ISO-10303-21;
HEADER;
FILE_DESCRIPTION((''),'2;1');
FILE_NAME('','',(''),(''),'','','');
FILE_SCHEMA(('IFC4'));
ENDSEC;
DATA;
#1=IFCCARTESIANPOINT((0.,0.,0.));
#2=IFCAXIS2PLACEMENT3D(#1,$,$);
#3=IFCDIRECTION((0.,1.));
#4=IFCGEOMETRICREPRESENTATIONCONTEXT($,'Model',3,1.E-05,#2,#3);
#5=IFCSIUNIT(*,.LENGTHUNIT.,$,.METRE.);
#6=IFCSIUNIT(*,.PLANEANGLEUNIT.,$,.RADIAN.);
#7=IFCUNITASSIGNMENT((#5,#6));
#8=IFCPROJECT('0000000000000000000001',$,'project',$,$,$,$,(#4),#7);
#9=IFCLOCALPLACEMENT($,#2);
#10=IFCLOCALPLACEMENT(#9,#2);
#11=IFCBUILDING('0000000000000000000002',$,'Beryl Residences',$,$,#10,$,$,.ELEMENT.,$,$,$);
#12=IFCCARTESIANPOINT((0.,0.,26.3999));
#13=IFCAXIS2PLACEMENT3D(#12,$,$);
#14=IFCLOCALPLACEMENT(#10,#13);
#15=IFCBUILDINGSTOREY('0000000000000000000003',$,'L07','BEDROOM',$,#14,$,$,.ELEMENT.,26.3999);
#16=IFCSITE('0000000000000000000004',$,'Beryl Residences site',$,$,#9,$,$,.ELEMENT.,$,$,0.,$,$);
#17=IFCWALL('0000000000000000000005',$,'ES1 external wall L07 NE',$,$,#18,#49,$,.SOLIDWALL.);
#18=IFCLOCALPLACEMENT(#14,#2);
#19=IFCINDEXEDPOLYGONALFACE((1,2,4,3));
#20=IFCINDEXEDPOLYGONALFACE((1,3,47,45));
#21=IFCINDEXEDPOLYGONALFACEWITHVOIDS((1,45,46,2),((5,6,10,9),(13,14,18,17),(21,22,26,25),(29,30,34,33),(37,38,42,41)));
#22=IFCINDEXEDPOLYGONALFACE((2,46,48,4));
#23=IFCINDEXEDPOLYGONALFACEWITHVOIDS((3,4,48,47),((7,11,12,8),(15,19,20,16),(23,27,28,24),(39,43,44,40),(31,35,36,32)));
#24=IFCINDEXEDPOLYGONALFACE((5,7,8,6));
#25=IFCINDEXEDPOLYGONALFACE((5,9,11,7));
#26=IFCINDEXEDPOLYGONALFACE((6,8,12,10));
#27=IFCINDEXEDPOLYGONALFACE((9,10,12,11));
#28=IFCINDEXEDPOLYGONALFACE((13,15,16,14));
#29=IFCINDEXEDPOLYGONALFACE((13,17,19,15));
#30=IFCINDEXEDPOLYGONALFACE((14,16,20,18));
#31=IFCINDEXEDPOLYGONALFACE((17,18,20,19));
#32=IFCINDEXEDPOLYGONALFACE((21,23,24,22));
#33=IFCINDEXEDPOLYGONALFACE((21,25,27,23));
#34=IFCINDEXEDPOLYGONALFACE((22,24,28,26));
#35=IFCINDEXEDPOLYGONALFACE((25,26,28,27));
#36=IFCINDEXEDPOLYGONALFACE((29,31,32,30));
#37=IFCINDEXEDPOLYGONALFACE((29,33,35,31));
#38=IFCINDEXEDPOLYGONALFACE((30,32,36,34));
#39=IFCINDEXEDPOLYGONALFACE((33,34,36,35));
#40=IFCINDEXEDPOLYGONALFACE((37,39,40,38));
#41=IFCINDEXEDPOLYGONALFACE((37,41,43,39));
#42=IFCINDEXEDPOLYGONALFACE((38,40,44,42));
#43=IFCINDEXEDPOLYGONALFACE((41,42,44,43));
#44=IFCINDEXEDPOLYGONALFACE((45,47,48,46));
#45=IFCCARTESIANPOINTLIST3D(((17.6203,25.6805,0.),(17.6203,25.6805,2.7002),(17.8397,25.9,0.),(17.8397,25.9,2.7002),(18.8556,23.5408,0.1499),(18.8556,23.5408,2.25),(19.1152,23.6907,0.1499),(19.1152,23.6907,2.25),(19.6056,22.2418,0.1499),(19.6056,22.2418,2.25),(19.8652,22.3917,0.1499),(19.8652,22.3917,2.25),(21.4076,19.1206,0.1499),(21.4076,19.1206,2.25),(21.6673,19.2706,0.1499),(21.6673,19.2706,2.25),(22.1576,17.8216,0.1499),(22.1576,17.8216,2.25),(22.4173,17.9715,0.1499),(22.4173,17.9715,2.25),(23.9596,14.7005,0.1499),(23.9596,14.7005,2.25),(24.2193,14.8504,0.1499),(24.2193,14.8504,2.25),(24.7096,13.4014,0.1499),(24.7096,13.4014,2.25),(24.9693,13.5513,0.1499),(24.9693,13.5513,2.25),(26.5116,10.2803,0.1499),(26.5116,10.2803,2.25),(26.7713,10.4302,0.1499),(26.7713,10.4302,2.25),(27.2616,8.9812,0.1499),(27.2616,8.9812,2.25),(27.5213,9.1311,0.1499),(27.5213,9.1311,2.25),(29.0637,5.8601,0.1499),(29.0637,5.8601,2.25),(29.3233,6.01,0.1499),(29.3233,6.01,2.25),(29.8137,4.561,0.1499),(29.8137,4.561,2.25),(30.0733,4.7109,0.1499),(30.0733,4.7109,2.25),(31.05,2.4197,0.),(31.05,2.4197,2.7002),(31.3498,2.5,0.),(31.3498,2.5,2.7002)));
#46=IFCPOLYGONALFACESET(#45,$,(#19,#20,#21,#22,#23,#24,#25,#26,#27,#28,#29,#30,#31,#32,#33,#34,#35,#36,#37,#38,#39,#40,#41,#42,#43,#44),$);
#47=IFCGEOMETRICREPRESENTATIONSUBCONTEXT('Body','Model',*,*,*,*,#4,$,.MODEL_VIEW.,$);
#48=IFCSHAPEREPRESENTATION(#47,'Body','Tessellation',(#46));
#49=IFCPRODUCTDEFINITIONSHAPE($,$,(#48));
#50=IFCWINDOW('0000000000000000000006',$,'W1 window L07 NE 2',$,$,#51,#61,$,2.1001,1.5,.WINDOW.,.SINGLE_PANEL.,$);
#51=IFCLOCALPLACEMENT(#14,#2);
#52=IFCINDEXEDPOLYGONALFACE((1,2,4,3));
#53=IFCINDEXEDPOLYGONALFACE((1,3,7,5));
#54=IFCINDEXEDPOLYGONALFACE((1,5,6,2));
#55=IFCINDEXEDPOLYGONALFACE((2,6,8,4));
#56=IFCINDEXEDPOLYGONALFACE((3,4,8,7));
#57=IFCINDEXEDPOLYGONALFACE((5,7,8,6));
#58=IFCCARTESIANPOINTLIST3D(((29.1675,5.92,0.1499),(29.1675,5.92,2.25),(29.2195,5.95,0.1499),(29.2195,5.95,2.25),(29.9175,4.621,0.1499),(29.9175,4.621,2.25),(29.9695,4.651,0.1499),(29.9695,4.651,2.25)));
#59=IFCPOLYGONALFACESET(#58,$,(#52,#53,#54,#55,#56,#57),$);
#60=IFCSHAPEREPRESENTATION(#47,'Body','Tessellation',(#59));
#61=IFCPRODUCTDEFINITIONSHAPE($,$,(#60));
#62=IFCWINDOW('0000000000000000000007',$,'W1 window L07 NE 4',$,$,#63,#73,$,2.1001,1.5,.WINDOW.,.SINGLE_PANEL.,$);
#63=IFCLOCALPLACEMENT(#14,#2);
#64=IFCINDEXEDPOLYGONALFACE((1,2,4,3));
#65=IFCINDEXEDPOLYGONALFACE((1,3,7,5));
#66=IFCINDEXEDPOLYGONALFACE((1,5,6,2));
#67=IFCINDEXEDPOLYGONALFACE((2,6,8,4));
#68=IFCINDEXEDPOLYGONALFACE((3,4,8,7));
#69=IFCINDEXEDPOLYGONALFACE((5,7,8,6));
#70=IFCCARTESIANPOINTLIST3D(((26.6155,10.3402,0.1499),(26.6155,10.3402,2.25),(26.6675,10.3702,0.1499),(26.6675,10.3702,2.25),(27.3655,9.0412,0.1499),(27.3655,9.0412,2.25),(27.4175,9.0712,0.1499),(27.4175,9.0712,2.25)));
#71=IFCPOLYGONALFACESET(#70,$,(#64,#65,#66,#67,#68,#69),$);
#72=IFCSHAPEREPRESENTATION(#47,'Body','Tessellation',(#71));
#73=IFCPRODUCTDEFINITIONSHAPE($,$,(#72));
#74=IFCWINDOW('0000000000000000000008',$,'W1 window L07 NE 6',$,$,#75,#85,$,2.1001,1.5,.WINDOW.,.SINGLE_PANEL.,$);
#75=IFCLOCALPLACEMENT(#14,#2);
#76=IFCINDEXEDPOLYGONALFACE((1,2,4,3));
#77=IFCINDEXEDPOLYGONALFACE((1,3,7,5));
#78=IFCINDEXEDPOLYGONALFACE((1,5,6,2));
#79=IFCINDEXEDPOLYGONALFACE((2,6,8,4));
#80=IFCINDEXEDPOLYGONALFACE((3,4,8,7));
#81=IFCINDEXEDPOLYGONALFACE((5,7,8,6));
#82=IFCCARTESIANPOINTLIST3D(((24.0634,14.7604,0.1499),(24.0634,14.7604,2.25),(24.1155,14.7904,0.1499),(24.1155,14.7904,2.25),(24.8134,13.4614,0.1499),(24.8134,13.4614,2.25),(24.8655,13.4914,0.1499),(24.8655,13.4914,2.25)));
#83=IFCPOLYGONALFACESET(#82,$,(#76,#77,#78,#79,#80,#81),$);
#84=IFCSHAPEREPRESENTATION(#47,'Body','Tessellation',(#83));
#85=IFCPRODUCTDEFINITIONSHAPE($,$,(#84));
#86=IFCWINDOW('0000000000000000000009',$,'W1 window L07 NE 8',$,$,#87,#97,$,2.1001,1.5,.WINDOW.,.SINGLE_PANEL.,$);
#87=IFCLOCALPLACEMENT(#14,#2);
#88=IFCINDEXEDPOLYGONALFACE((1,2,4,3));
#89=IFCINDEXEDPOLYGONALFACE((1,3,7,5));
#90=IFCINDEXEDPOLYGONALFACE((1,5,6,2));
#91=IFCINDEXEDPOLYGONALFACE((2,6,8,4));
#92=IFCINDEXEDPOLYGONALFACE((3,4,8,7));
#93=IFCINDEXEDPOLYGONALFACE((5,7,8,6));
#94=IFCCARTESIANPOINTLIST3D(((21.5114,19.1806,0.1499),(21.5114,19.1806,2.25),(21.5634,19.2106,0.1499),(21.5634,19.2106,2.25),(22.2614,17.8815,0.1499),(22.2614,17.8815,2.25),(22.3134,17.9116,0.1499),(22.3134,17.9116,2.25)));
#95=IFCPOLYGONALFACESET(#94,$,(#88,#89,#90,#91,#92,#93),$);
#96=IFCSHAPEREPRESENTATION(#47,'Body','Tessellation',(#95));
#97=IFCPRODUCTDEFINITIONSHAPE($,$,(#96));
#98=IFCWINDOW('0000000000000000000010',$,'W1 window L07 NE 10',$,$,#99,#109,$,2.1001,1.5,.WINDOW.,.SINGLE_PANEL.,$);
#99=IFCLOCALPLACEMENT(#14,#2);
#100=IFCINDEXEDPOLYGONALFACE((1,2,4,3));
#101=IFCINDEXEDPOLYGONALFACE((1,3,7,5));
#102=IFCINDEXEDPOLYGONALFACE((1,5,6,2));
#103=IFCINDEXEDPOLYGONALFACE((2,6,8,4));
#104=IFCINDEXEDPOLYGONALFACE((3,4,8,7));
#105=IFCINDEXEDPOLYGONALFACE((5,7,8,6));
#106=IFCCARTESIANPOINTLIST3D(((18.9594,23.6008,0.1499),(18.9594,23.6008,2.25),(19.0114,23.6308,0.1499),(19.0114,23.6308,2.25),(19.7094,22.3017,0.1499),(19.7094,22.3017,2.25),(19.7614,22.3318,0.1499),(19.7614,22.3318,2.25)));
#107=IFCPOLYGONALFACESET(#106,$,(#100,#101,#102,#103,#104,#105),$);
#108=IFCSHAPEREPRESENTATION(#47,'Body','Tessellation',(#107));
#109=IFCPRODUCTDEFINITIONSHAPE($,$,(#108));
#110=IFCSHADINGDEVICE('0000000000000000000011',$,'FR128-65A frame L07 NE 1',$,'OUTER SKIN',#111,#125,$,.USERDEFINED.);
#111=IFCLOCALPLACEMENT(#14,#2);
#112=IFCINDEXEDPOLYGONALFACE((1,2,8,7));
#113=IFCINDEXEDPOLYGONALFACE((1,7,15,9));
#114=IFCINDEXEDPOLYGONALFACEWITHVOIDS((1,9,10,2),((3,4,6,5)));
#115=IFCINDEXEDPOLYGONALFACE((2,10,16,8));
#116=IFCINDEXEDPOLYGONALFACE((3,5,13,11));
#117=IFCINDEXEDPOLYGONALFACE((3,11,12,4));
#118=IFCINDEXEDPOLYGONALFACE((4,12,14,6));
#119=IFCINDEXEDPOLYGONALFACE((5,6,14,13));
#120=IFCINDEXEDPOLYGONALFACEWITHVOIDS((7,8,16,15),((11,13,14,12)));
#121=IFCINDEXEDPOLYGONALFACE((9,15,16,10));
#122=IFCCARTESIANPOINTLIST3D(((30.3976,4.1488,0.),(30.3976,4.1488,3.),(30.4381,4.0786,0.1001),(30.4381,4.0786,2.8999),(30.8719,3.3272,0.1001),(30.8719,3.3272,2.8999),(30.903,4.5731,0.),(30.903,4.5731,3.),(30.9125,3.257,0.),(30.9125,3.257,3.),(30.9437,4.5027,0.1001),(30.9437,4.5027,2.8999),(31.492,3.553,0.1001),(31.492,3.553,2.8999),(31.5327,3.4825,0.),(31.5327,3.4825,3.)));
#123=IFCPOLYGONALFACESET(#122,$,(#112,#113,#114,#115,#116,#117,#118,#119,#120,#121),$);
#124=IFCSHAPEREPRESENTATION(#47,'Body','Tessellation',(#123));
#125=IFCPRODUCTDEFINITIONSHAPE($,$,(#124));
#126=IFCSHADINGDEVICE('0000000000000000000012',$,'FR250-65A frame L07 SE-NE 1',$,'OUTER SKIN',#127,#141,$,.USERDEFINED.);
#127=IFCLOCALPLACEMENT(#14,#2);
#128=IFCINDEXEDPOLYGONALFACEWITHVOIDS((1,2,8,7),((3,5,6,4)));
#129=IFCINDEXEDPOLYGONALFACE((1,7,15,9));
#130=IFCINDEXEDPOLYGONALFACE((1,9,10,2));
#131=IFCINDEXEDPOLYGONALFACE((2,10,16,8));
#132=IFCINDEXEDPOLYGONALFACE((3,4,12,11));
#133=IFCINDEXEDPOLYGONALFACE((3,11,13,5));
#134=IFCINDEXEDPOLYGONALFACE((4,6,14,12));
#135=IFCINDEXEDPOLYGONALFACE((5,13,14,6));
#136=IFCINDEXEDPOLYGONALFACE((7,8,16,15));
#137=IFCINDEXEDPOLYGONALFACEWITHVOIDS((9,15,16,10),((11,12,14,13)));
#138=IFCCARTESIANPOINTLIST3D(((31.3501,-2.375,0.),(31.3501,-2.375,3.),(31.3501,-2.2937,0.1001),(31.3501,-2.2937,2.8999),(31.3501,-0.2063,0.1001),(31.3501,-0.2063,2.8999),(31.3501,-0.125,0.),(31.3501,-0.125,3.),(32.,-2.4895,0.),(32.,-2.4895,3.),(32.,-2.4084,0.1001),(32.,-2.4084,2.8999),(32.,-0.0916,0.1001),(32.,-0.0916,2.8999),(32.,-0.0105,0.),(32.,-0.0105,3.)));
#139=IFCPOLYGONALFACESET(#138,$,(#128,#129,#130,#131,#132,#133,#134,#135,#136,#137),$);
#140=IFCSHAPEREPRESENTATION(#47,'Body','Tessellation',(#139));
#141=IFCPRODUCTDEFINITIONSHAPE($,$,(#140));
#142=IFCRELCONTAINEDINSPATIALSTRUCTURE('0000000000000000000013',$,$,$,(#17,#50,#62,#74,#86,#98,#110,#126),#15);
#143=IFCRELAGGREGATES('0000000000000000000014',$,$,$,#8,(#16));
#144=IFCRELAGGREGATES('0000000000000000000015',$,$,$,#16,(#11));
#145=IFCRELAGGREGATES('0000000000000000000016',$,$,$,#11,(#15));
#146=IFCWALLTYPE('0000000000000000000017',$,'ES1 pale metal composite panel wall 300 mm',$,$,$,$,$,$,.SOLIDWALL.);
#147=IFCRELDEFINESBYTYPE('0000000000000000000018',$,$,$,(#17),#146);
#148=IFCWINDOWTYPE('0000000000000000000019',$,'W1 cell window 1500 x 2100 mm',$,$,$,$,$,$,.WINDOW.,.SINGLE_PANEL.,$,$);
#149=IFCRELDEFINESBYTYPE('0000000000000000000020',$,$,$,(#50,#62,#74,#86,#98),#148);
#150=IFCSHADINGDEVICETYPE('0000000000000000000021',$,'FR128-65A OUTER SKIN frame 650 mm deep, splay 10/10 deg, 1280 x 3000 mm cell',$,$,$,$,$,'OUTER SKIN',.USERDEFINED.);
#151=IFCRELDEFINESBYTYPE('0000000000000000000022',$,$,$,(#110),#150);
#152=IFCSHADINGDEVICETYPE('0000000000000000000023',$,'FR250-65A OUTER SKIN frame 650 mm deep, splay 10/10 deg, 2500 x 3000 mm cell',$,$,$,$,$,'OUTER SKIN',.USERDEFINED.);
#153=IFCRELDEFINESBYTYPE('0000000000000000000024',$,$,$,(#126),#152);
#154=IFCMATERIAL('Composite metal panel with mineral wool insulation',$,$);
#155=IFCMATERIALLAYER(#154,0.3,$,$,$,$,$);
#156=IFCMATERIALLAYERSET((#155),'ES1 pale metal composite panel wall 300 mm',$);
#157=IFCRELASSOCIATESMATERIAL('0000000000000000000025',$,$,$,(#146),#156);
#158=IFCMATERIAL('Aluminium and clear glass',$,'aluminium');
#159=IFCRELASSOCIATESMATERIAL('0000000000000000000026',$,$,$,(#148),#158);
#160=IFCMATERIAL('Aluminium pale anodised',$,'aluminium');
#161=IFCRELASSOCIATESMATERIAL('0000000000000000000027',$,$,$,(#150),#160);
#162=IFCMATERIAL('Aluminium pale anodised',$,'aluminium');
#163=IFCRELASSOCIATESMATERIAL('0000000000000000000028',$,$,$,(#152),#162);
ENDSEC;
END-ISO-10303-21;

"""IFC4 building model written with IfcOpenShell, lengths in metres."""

from ifc_helpers import new_model, entity, si_unit, direction, frame, frame_2d, origin, place, context, subcontext, project, spatial, polyline, rectangle, outline, extrude, source, transform, mapped, material, layer, layer_set, type_object, type_shapes, element, fill, save


model = new_model("IFC4")

# Units and contexts
model_context = context("Model", 3, precision=1e-05, world=origin(), true_north=direction((0.0, 1.0)))
body_context = subcontext(model_context, "Body", "Model", "MODEL_VIEW")
ifc_project = project(units=[si_unit("LENGTHUNIT", "METRE"), si_unit("PLANEANGLEUNIT", "RADIAN")], contexts=[model_context])

# Site, building, storey
site_placement = place(None, origin())
site = spatial("IfcSite", under=ifc_project, at=site_placement, Name="Beryl Residences site", CompositionType="ELEMENT", RefElevation=0.0)
building_placement = place(site_placement, origin())
building = spatial("IfcBuilding", under=site, at=building_placement, Name="Beryl Residences", CompositionType="ELEMENT")
storey_placement = place(building_placement, frame((0.0, 0.0, 26.3999)))
storey = spatial("IfcBuildingStorey", under=building, at=storey_placement, Name="L07", Description="BEDROOM", CompositionType="ELEMENT", Elevation=26.3999)

# Shared definitions
ifc_material_1 = material(Name="Composite metal panel with mineral wool insulation")
ifc_layer = layer(ifc_material_1, 0.3)
ifc_layer_set = layer_set([ifc_layer], Name="ES1 pale metal composite panel wall 300 mm")
wall_type = type_object("IfcWallType", Name="ES1 pale metal composite panel wall 300 mm", PredefinedType="SOLIDWALL", material=ifc_layer_set)

# Wall, openings, windows
wall_1_placement = place(storey_placement, frame((31.22, 2.425, 0.0), z_axis=(0.0, 0.0, 1.0), x_axis=(-0.500002, 0.866024, 0.0)))
wall_1 = element("IfcWall", 1, at=wall_1_placement, inside=storey, type_object=wall_type, Name="ES1 external wall L07 NE", PredefinedType="SOLIDWALL", context=body_context, shape_type="SweptSolid", body=[
    extrude(outline(polyline([(0.0, -0.1499), (27.02, -0.1499), (26.9397, 0.1499), (0.0803, 0.1499), (0.0, -0.1499)])), origin(), (0.0, 0.0, 1.0), 2.7002),
])
opening_1_placement = place(wall_1_placement, frame((2.553, 0.0, 0.1499)))
opening_1 = element("IfcOpeningElement", 2, at=opening_1_placement, cuts=wall_1, PredefinedType="OPENING", context=body_context, shape_type="SweptSolid", body=[
    extrude(rectangle(XDim=1.5, YDim=2.1001, at=frame_2d((0.75, 1.05))), frame((0.0, 0.1599, 0.0), z_axis=(0.0, -1.0, 0.0), x_axis=(1.0, 0.0, 0.0)), (0.0, 0.0, 1.0), 0.3201),
])
opening_2_placement = place(wall_1_placement, frame((7.657, 0.0, 0.1499)))
opening_2 = element("IfcOpeningElement", 3, at=opening_2_placement, cuts=wall_1, PredefinedType="OPENING", context=body_context, shape_type="SweptSolid", body=[
    extrude(rectangle(XDim=1.5, YDim=2.1001, at=frame_2d((0.75, 1.05))), frame((0.0, 0.1599, 0.0), z_axis=(0.0, -1.0, 0.0), x_axis=(1.0, 0.0, 0.0)), (0.0, 0.0, 1.0), 0.3201),
])
opening_3_placement = place(wall_1_placement, frame((12.761, 0.0, 0.1499)))
opening_3 = element("IfcOpeningElement", 4, at=opening_3_placement, cuts=wall_1, PredefinedType="OPENING", context=body_context, shape_type="SweptSolid", body=[
    extrude(rectangle(XDim=1.5, YDim=2.1001, at=frame_2d((0.75, 1.05))), frame((0.0, 0.1599, 0.0), z_axis=(0.0, -1.0, 0.0), x_axis=(1.0, 0.0, 0.0)), (0.0, 0.0, 1.0), 0.3201),
])
opening_4_placement = place(wall_1_placement, frame((17.865, 0.0, 0.1499)))
opening_4 = element("IfcOpeningElement", 5, at=opening_4_placement, cuts=wall_1, PredefinedType="OPENING", context=body_context, shape_type="SweptSolid", body=[
    extrude(rectangle(XDim=1.5, YDim=2.1001, at=frame_2d((0.75, 1.05))), frame((0.0, 0.1599, 0.0), z_axis=(0.0, -1.0, 0.0), x_axis=(1.0, 0.0, 0.0)), (0.0, 0.0, 1.0), 0.3201),
])
opening_5_placement = place(wall_1_placement, frame((22.969, 0.0, 0.1499)))
opening_5 = element("IfcOpeningElement", 6, at=opening_5_placement, cuts=wall_1, PredefinedType="OPENING", context=body_context, shape_type="SweptSolid", body=[
    extrude(rectangle(XDim=1.5, YDim=2.1001, at=frame_2d((0.75, 1.05))), frame((0.0, 0.1599, 0.0), z_axis=(0.0, -1.0, 0.0), x_axis=(1.0, 0.0, 0.0)), (0.0, 0.0, 1.0), 0.3201),
])
ifc_material_2 = material(Name="Aluminium and clear glass", Category="aluminium")
window_type_1 = type_object("IfcWindowType", Name="W1 cell window 1500 x 2100 mm", PartitioningType="SINGLE_PANEL", PredefinedType="WINDOW", material=ifc_material_2)
window_1_placement = place(opening_1_placement, origin())
window_1 = element("IfcWindow", 7, at=window_1_placement, inside=storey, type_object=window_type_1, Name="W1 window L07 NE 2", OverallHeight=2.1001, OverallWidth=1.5, PartitioningType="SINGLE_PANEL", PredefinedType="WINDOW", context=body_context, shape_type="SweptSolid", body=[
    extrude(rectangle(XDim=1.5, YDim=2.1001, at=frame_2d((0.75, 1.05))), frame((0.0, 0.03, 0.0), z_axis=(0.0, -1.0, 0.0), x_axis=(1.0, 0.0, 0.0)), (0.0, 0.0, 1.0), 0.0601),
])
fill(opening_1, window_1)
window_2_placement = place(opening_2_placement, origin())
window_2 = element("IfcWindow", 8, at=window_2_placement, inside=storey, type_object=window_type_1, Name="W1 window L07 NE 4", OverallHeight=2.1001, OverallWidth=1.5, PartitioningType="SINGLE_PANEL", PredefinedType="WINDOW", context=body_context, shape_type="SweptSolid", body=[
    extrude(rectangle(XDim=1.5, YDim=2.1001, at=frame_2d((0.75, 1.05))), frame((0.0, 0.03, 0.0), z_axis=(0.0, -1.0, 0.0), x_axis=(1.0, 0.0, 0.0)), (0.0, 0.0, 1.0), 0.0601),
])
fill(opening_2, window_2)
window_3_placement = place(opening_3_placement, origin())
window_3 = element("IfcWindow", 9, at=window_3_placement, inside=storey, type_object=window_type_1, Name="W1 window L07 NE 6", OverallHeight=2.1001, OverallWidth=1.5, PartitioningType="SINGLE_PANEL", PredefinedType="WINDOW", context=body_context, shape_type="SweptSolid", body=[
    extrude(rectangle(XDim=1.5, YDim=2.1001, at=frame_2d((0.75, 1.05))), frame((0.0, 0.03, 0.0), z_axis=(0.0, -1.0, 0.0), x_axis=(1.0, 0.0, 0.0)), (0.0, 0.0, 1.0), 0.0601),
])
fill(opening_3, window_3)
window_4_placement = place(opening_4_placement, origin())
window_4 = element("IfcWindow", 10, at=window_4_placement, inside=storey, type_object=window_type_1, Name="W1 window L07 NE 8", OverallHeight=2.1001, OverallWidth=1.5, PartitioningType="SINGLE_PANEL", PredefinedType="WINDOW", context=body_context, shape_type="SweptSolid", body=[
    extrude(rectangle(XDim=1.5, YDim=2.1001, at=frame_2d((0.75, 1.05))), frame((0.0, 0.03, 0.0), z_axis=(0.0, -1.0, 0.0), x_axis=(1.0, 0.0, 0.0)), (0.0, 0.0, 1.0), 0.0601),
])
fill(opening_4, window_4)
window_5_placement = place(opening_5_placement, origin())
window_5 = element("IfcWindow", 11, at=window_5_placement, inside=storey, type_object=window_type_1, Name="W1 window L07 NE 10", OverallHeight=2.1001, OverallWidth=1.5, PartitioningType="SINGLE_PANEL", PredefinedType="WINDOW", context=body_context, shape_type="SweptSolid", body=[
    extrude(rectangle(XDim=1.5, YDim=2.1001, at=frame_2d((0.75, 1.05))), frame((0.0, 0.03, 0.0), z_axis=(0.0, -1.0, 0.0), x_axis=(1.0, 0.0, 0.0)), (0.0, 0.0, 1.0), 0.0601),
])
fill(opening_5, window_5)

# Shading devices
ifc_material_3 = material(Name="Aluminium pale anodised", Category="aluminium")
shading_device_type_1 = type_object("IfcShadingDeviceType", Name="FR128-65A OUTER SKIN frame 650 mm deep, splay 10/10 deg, 1280 x 3000 mm cell", ElementType="OUTER SKIN", PredefinedType="USERDEFINED", material=ifc_material_3)
cartesian_point_1 = entity("IfcCartesianPoint", [-0.5149, 0.0])
cartesian_point_2 = entity("IfcCartesianPoint", [-0.4338, 0.1001])
cartesian_point_3 = entity("IfcCartesianPoint", [-0.6296, 0.0])
cartesian_point_4 = entity("IfcCartesianPoint", [-0.5483, 0.1001])
shared_shape_1 = source(origin(), body_context, "Body", "SweptSolid", [
    entity("IfcExtrudedAreaSolidTapered", entity("IfcArbitraryProfileDefWithVoids", "AREA", None, entity("IfcPolyline", [cartesian_point_1, entity("IfcCartesianPoint", [0.5149, 0.0]), entity("IfcCartesianPoint", [0.5149, 3.0]), entity("IfcCartesianPoint", [-0.5149, 3.0]), cartesian_point_1]), [entity("IfcPolyline", [cartesian_point_2, entity("IfcCartesianPoint", [0.4338, 0.1001]), entity("IfcCartesianPoint", [0.4338, 2.8999]), entity("IfcCartesianPoint", [-0.4338, 2.8999]), cartesian_point_2])]), entity("IfcAxis2Placement3D", entity("IfcCartesianPoint", [0.0, 0.0, 0.0]), entity("IfcDirection", [0.0, 1.0, 0.0]), entity("IfcDirection", [-1.0, 0.0, 0.0])), entity("IfcDirection", [0.0, 0.0, 1.0]), 0.6499, entity("IfcArbitraryProfileDefWithVoids", "AREA", None, entity("IfcPolyline", [cartesian_point_3, entity("IfcCartesianPoint", [0.6296, 0.0]), entity("IfcCartesianPoint", [0.6296, 3.0]), entity("IfcCartesianPoint", [-0.6296, 3.0]), cartesian_point_3]), [entity("IfcPolyline", [cartesian_point_4, entity("IfcCartesianPoint", [0.5483, 0.1001]), entity("IfcCartesianPoint", [0.5483, 2.8999]), entity("IfcCartesianPoint", [-0.5483, 2.8999]), cartesian_point_4])])),
])
type_shapes(shading_device_type_1, [shared_shape_1])
shading_device_placement = place(storey_placement, frame((30.655, 3.7029, 0.0), z_axis=(0.0, 0.0, 1.0), x_axis=(0.5, -0.866025, 0.0)))
element("IfcShadingDevice", 12, at=shading_device_placement, inside=storey, type_object=shading_device_type_1, Name="FR128-65A frame L07 NE 1", ObjectType="OUTER SKIN", PredefinedType="USERDEFINED", context=body_context, shape_type="MappedRepresentation", body=[
    mapped(shared_shape_1, transform((0.0, 0.0, 0.0))),
])
ifc_material_4 = material(Name="Aluminium pale anodised", Category="aluminium")
shading_device_type_2 = type_object("IfcShadingDeviceType", Name="FR250-65A OUTER SKIN frame 650 mm deep, splay 10/10 deg, 2500 x 3000 mm cell", ElementType="OUTER SKIN", PredefinedType="USERDEFINED", material=ifc_material_4)
cartesian_point_5 = entity("IfcCartesianPoint", [-1.125, 0.0])
cartesian_point_6 = entity("IfcCartesianPoint", [-1.0437, 0.1001])
cartesian_point_7 = entity("IfcCartesianPoint", [-1.2395, 0.0])
cartesian_point_8 = entity("IfcCartesianPoint", [-1.1584, 0.1001])
shared_shape_2 = source(origin(), body_context, "Body", "SweptSolid", [
    entity("IfcExtrudedAreaSolidTapered", entity("IfcArbitraryProfileDefWithVoids", "AREA", None, entity("IfcPolyline", [cartesian_point_5, entity("IfcCartesianPoint", [1.125, 0.0]), entity("IfcCartesianPoint", [1.125, 3.0]), entity("IfcCartesianPoint", [-1.125, 3.0]), cartesian_point_5]), [entity("IfcPolyline", [cartesian_point_6, entity("IfcCartesianPoint", [1.0437, 0.1001]), entity("IfcCartesianPoint", [1.0437, 2.8999]), entity("IfcCartesianPoint", [-1.0437, 2.8999]), cartesian_point_6])]), entity("IfcAxis2Placement3D", entity("IfcCartesianPoint", [0.0, 0.0, 0.0]), entity("IfcDirection", [0.0, 1.0, 0.0]), entity("IfcDirection", [-1.0, 0.0, 0.0])), entity("IfcDirection", [0.0, 0.0, 1.0]), 0.6499, entity("IfcArbitraryProfileDefWithVoids", "AREA", None, entity("IfcPolyline", [cartesian_point_7, entity("IfcCartesianPoint", [1.2395, 0.0]), entity("IfcCartesianPoint", [1.2395, 3.0]), entity("IfcCartesianPoint", [-1.2395, 3.0]), cartesian_point_7]), [entity("IfcPolyline", [cartesian_point_8, entity("IfcCartesianPoint", [1.1584, 0.1001]), entity("IfcCartesianPoint", [1.1584, 2.8999]), entity("IfcCartesianPoint", [-1.1584, 2.8999]), cartesian_point_8])])),
])
type_shapes(shading_device_type_2, [shared_shape_2])
for number, where, z_axis, x_axis, name in (
    (13, (31.3501, -1.25, 0.0), (0.0, 0.0, 1.0), (0.0, -1.0, 0.0), "FR250-65A frame L07 SE-NE 1"),
):
    element("IfcShadingDevice", number, at=place(storey_placement, frame(where, z_axis=z_axis, x_axis=x_axis)), inside=storey, type_object=shading_device_type_2, Name=name, ObjectType="OUTER SKIN", PredefinedType="USERDEFINED", context=body_context, shape_type="MappedRepresentation", body=[
        mapped(shared_shape_2, transform((0.0, 0.0, 0.0))),
    ])

save(model, "model.ifc")
